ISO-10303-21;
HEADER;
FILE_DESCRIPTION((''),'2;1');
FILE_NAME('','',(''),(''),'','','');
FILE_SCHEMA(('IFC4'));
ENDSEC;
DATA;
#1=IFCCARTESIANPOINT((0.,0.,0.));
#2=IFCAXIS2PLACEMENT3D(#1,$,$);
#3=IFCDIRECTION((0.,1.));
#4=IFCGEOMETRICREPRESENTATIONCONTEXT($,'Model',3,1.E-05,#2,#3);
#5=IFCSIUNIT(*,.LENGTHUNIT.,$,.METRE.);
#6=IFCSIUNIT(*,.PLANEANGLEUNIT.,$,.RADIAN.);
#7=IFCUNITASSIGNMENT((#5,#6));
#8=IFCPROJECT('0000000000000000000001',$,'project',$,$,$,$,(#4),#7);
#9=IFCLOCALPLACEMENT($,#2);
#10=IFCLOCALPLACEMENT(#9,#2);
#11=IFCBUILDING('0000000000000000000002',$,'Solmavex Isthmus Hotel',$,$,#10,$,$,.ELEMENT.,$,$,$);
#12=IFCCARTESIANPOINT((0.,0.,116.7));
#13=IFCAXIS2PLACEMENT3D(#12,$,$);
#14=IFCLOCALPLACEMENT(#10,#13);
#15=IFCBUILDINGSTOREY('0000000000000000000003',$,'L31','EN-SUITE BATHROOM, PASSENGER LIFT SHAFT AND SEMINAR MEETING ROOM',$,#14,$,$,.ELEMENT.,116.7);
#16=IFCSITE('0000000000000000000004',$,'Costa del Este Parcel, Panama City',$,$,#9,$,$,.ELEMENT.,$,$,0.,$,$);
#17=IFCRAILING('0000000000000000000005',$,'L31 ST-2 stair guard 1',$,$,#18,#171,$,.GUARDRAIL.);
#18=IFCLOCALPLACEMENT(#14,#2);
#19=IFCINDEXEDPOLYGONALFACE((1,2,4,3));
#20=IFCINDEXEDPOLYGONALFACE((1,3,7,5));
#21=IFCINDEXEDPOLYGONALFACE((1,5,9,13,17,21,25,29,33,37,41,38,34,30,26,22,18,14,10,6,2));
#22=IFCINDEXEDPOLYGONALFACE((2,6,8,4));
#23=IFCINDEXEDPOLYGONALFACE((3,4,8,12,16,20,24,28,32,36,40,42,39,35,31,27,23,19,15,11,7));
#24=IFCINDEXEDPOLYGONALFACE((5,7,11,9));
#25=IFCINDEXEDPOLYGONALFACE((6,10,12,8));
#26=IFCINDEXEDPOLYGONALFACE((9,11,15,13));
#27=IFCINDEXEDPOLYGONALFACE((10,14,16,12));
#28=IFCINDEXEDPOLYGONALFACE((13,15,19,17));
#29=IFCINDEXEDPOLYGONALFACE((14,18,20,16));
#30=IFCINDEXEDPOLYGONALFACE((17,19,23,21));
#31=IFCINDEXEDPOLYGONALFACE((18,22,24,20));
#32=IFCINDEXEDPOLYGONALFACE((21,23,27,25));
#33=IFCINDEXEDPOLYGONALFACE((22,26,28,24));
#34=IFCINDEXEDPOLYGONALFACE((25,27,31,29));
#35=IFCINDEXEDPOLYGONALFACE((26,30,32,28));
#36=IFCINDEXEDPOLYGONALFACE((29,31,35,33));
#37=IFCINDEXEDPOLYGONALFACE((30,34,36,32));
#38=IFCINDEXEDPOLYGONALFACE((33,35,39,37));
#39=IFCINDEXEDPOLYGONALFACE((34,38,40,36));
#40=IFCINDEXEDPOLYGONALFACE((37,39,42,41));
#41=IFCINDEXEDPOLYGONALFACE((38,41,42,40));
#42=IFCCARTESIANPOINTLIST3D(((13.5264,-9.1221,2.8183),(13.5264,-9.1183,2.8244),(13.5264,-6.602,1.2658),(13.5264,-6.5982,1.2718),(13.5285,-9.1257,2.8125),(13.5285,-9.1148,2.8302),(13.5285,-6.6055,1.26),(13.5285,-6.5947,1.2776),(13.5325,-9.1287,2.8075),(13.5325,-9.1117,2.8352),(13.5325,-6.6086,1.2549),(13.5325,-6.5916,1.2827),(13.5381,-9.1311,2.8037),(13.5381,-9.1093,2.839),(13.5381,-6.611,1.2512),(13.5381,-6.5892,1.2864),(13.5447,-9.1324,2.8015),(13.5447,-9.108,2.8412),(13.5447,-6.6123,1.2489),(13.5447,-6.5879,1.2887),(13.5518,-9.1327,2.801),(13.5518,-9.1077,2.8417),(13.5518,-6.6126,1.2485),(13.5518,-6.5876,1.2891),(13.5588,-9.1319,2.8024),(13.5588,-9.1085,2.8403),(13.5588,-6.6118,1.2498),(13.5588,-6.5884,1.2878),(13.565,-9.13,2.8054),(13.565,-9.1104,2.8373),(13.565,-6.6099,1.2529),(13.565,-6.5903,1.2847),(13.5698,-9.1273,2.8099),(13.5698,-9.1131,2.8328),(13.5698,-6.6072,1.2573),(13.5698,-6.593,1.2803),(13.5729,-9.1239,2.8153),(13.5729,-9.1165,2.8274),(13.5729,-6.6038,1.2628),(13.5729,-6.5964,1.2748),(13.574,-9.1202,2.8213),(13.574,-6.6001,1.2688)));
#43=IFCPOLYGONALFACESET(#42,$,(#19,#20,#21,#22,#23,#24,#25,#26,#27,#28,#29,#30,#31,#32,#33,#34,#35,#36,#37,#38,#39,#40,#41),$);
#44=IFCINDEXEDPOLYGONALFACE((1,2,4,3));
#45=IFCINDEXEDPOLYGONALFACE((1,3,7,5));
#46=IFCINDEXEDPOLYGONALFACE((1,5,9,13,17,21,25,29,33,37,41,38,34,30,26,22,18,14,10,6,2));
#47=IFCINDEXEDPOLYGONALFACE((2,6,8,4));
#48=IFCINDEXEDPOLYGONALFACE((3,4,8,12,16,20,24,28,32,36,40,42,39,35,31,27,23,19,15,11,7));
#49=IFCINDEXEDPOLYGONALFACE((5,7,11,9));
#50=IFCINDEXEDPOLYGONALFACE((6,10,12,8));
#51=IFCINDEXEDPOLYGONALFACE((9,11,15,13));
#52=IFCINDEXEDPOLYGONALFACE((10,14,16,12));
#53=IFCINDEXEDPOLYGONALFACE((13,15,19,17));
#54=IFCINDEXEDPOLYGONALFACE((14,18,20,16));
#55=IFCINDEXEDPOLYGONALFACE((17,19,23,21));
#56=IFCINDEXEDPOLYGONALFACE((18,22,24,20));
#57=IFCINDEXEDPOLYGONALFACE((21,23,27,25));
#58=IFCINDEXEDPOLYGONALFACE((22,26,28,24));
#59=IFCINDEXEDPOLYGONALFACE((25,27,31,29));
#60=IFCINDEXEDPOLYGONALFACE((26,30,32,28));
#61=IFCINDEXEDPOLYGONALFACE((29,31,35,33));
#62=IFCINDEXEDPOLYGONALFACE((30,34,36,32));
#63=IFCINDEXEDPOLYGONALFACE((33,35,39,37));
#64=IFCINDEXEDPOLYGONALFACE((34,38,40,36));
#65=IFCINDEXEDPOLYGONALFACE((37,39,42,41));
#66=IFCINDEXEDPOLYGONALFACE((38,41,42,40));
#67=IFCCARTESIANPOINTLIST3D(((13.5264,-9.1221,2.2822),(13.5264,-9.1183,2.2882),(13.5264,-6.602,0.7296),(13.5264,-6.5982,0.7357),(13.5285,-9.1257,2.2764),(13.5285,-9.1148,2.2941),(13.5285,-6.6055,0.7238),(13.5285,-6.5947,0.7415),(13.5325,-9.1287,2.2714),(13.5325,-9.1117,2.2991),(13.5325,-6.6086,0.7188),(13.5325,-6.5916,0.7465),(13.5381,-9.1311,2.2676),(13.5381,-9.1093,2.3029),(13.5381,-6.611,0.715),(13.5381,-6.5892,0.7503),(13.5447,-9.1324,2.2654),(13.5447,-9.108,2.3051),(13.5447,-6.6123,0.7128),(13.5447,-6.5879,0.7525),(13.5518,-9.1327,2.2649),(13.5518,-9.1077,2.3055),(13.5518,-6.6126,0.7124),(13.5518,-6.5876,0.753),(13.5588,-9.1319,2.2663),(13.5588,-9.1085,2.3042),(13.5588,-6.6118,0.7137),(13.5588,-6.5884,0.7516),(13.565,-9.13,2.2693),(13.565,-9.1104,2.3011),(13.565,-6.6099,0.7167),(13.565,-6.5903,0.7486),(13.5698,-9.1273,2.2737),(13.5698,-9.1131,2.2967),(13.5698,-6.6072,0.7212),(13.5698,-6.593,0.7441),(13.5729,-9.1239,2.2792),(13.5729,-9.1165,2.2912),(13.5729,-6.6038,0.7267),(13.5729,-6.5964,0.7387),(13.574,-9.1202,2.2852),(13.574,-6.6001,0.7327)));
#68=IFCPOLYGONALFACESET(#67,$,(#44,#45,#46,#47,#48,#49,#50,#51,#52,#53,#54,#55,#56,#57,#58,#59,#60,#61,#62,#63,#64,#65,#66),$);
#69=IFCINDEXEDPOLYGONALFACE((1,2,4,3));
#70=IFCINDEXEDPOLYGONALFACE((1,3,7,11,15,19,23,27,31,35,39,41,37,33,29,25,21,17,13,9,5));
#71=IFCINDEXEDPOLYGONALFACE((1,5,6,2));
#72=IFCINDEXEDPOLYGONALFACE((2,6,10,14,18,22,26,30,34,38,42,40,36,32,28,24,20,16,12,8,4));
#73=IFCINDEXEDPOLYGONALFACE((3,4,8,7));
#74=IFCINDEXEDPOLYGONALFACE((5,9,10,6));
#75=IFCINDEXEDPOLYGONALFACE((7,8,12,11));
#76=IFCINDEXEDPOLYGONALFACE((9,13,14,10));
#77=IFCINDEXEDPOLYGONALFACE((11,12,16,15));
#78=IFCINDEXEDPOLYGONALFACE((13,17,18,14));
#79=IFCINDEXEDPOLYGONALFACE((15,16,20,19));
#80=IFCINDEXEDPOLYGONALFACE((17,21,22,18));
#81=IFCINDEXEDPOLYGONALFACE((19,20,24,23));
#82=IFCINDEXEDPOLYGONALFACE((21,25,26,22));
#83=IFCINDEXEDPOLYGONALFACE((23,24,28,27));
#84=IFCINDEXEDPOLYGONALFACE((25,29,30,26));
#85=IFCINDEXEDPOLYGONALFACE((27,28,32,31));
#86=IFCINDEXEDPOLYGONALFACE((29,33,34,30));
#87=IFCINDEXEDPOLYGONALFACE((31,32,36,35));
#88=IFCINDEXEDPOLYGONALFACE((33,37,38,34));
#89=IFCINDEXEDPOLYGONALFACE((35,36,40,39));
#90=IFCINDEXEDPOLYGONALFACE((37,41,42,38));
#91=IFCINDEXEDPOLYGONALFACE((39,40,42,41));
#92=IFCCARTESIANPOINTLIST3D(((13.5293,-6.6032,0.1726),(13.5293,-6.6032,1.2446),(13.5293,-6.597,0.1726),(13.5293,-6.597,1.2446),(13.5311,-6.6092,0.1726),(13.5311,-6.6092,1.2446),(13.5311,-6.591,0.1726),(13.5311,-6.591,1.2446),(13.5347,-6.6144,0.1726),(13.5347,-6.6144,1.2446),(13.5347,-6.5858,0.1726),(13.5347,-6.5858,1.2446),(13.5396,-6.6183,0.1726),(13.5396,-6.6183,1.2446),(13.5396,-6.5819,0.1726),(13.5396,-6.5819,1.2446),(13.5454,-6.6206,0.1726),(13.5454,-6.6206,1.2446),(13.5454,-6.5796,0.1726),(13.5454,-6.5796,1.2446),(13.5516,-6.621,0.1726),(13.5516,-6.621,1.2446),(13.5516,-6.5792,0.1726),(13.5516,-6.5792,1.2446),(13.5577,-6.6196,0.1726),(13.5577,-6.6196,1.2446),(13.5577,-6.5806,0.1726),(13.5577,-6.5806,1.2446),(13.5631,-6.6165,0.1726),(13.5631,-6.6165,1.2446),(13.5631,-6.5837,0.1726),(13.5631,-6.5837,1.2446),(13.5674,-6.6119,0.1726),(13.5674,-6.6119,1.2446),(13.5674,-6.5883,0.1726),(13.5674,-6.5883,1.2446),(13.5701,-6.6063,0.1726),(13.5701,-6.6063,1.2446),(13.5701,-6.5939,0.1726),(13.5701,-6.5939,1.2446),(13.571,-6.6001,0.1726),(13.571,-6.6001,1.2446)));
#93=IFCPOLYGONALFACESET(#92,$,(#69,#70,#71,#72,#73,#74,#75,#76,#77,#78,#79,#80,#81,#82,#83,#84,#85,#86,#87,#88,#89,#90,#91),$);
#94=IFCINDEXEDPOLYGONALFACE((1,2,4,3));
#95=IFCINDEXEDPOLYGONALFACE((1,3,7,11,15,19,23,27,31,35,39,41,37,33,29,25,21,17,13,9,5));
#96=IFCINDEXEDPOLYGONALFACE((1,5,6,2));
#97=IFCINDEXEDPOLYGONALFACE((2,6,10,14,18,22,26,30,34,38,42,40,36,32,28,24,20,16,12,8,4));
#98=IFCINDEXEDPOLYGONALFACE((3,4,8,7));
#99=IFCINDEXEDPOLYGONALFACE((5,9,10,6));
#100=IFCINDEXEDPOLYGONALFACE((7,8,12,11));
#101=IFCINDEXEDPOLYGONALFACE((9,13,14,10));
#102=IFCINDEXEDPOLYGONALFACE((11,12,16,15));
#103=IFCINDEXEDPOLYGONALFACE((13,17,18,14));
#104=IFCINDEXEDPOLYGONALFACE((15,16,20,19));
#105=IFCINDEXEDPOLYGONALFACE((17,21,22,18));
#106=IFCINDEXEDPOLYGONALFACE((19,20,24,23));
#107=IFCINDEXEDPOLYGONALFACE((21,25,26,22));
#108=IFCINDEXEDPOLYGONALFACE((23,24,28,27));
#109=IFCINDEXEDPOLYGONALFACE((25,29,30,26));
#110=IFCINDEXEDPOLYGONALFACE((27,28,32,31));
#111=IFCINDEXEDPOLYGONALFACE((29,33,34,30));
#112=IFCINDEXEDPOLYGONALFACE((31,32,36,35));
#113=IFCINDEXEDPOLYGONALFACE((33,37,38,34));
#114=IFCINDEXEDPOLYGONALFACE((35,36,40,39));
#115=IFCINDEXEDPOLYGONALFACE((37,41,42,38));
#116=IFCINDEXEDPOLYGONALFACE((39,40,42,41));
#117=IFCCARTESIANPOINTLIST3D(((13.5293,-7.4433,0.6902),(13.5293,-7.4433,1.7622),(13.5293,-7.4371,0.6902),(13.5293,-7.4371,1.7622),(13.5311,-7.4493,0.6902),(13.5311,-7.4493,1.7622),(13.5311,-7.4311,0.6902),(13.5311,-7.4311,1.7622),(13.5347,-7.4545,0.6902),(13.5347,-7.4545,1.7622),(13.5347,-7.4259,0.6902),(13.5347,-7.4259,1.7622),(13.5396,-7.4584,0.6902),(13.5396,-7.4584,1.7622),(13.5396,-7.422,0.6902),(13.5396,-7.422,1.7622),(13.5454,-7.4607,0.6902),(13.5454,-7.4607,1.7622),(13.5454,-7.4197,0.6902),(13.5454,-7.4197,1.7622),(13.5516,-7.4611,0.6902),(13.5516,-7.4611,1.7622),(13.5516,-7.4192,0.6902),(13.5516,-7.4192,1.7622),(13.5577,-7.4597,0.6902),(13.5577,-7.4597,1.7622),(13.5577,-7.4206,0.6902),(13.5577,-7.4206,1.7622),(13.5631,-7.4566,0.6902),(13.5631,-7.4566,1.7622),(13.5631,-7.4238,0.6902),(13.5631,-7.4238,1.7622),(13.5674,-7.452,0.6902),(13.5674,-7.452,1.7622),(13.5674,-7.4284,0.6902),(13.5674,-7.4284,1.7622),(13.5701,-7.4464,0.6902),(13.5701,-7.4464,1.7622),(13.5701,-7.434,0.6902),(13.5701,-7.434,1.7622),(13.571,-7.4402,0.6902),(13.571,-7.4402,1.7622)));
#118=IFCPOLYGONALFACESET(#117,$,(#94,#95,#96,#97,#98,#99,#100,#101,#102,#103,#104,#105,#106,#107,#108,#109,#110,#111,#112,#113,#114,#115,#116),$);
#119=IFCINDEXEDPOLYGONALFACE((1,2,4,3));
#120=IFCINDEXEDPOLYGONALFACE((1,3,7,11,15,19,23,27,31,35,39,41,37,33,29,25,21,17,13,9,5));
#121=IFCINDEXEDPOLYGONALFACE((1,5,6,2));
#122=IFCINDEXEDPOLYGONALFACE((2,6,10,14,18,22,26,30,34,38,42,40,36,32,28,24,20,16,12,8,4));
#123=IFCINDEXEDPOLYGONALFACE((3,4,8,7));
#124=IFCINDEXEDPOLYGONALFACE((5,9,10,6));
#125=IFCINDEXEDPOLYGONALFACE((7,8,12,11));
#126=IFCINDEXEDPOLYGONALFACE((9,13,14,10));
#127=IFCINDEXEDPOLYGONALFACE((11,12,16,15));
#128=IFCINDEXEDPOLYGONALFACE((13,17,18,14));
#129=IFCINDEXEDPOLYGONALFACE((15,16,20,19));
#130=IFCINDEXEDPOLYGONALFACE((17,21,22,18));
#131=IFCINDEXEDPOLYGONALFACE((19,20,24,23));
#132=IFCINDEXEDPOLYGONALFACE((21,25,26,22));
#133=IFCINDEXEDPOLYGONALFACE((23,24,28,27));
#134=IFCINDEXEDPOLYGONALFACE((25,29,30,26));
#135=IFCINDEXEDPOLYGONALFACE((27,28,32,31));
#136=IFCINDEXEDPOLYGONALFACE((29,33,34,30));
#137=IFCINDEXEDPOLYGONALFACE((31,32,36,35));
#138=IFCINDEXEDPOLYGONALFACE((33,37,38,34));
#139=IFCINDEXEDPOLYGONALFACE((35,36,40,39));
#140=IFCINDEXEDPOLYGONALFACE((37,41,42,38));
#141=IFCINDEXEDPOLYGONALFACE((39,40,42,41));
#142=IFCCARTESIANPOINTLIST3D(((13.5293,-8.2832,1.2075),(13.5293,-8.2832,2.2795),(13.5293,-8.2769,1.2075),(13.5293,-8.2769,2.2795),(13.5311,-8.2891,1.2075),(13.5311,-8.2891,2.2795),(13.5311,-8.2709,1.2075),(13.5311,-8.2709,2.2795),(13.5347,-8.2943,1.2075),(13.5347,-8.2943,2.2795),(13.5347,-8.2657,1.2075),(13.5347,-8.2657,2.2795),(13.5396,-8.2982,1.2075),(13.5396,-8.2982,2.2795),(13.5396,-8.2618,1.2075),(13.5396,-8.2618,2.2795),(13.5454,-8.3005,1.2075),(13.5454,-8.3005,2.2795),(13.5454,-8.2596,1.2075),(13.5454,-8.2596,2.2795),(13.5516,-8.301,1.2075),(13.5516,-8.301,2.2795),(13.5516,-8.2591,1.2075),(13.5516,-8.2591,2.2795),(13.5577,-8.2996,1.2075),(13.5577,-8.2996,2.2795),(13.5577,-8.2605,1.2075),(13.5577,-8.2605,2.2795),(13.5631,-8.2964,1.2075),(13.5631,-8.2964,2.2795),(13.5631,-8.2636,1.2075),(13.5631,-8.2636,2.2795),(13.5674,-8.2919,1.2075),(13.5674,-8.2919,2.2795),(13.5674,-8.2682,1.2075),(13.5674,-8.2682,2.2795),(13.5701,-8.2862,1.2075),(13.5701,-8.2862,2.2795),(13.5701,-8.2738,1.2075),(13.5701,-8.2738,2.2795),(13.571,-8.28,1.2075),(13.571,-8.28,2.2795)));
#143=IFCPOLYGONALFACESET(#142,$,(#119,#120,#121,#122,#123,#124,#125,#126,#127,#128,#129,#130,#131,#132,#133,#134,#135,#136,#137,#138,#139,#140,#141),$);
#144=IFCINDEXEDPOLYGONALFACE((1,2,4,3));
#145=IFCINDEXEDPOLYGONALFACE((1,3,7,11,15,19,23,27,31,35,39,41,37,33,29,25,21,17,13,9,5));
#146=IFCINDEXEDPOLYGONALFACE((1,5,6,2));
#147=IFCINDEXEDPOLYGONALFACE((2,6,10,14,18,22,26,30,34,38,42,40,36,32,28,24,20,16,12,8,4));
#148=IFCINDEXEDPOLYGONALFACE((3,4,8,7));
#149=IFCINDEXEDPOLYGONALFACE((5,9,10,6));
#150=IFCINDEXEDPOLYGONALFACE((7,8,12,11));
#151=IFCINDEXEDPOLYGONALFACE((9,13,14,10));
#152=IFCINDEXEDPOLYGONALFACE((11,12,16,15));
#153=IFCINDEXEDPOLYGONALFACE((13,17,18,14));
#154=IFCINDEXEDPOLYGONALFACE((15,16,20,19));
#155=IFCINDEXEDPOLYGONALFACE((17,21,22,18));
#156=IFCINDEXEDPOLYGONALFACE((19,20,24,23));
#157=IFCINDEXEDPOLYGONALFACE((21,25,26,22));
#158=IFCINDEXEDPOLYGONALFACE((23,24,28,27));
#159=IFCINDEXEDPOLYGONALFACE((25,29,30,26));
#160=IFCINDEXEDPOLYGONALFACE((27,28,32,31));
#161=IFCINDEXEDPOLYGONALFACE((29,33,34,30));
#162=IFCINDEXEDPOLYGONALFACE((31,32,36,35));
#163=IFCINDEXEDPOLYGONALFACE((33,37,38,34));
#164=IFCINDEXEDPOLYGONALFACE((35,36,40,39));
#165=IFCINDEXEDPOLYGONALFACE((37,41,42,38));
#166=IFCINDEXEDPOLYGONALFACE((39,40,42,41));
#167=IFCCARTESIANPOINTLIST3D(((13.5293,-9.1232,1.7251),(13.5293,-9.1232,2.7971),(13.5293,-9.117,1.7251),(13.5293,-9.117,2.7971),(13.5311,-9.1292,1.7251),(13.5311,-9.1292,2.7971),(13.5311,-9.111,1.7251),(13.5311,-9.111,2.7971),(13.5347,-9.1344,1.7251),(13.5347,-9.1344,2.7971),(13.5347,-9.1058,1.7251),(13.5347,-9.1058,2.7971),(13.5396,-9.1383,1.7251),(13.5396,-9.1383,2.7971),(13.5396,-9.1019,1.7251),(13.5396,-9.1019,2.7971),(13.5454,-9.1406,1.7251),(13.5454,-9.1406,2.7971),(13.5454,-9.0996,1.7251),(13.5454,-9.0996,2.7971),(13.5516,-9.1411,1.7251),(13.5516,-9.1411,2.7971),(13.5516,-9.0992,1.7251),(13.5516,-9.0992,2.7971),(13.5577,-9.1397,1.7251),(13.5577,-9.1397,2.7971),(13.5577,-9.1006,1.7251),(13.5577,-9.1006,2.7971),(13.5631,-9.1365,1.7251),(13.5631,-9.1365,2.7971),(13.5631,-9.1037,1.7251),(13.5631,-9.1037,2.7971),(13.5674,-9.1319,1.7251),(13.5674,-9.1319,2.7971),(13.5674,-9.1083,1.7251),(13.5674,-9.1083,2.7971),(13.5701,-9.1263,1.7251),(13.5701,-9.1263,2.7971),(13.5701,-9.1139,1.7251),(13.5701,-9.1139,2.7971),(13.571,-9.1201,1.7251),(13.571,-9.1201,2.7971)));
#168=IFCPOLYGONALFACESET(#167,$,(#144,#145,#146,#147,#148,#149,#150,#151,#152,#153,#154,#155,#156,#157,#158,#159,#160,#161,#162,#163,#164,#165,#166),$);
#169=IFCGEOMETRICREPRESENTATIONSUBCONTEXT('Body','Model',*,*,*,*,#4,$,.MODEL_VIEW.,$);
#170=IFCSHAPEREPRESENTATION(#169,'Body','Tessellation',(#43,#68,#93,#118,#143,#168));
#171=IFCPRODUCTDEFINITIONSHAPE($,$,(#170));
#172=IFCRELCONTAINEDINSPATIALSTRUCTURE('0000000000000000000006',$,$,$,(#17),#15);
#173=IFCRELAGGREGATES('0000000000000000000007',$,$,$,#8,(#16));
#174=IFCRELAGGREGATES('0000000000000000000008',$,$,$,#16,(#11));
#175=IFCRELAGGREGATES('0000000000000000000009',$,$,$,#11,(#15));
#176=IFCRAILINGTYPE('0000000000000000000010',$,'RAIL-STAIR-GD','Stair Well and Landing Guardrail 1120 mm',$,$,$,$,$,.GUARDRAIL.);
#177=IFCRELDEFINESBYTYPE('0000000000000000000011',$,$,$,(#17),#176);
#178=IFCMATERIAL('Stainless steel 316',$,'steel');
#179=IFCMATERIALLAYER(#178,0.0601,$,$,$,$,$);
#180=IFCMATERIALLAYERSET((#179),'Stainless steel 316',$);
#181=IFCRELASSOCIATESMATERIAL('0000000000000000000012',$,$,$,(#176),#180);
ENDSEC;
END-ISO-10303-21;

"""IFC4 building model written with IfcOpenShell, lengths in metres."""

from ifc_helpers import new_model, si_unit, direction, frame, origin, origin_2d, place, context, subcontext, project, spatial, circle, extrude, material, layer, layer_set, type_object, element, save


model = new_model("IFC4")

# Units and contexts
model_context = context("Model", 3, precision=1e-05, world=origin(), true_north=direction((0.0, 1.0)))
body_context = subcontext(model_context, "Body", "Model", "MODEL_VIEW")
ifc_project = project(units=[si_unit("LENGTHUNIT", "METRE"), si_unit("PLANEANGLEUNIT", "RADIAN")], contexts=[model_context])

# Site, building, storey
site_placement = place(None, origin())
site = spatial("IfcSite", under=ifc_project, at=site_placement, Name="Costa del Este Parcel, Panama City", CompositionType="ELEMENT", RefElevation=0.0)
building_placement = place(site_placement, origin())
building = spatial("IfcBuilding", under=site, at=building_placement, Name="Solmavex Isthmus Hotel", CompositionType="ELEMENT")
storey_placement = place(building_placement, frame((0.0, 0.0, 116.7)))
storey = spatial("IfcBuildingStorey", under=building, at=storey_placement, Name="L31", Description="EN-SUITE BATHROOM, PASSENGER LIFT SHAFT AND SEMINAR MEETING ROOM", CompositionType="ELEMENT", Elevation=116.7)

# Railing
ifc_material_1 = material(Name="Stainless steel 316", Category="steel")
ifc_layer_1 = layer(ifc_material_1, 0.0601)
ifc_layer_set_1 = layer_set([ifc_layer_1], Name="Stainless steel 316")
railing_type_1 = type_object("IfcRailingType", Name="RAIL-STAIR-GD", Description="Stair Well and Landing Guardrail 1120 mm", PredefinedType="GUARDRAIL", material=ifc_layer_set_1)
railing_1_placement = place(storey_placement, frame((13.55, -6.6001, 0.1726)))
element("IfcRailing", 1, at=railing_1_placement, inside=storey, type_object=railing_type_1, Name="L31 ST-2 stair guard 1", PredefinedType="GUARDRAIL", context=body_context, shape_type="SweptSolid", body=[
    extrude(circle(Radius=0.0239, at=origin_2d()), frame((0.0, 0.0, 1.0962), z_axis=(0.0, -0.8514, 0.524516), x_axis=(1.0, 0.0, 0.0)), (0.0, 0.0, 1.0), 2.96),
    extrude(circle(Radius=0.0239, at=origin_2d()), frame((0.0, 0.0, 0.5601), z_axis=(0.0, -0.8514, 0.524516), x_axis=(1.0, 0.0, 0.0)), (0.0, 0.0, 1.0), 2.96),
    extrude(circle(Radius=0.021, at=origin_2d()), origin(), (0.0, 0.0, 1.0), 1.072),
    extrude(circle(Radius=0.021, at=origin_2d()), frame((0.0, -0.8401, 0.5176)), (0.0, 0.0, 1.0), 1.072),
    extrude(circle(Radius=0.021, at=origin_2d()), frame((0.0, -1.6799, 1.0349)), (0.0, 0.0, 1.0), 1.072),
    extrude(circle(Radius=0.021, at=origin_2d()), frame((0.0, -2.52, 1.5525)), (0.0, 0.0, 1.0), 1.072),
])

save(model, "model.ifc")
